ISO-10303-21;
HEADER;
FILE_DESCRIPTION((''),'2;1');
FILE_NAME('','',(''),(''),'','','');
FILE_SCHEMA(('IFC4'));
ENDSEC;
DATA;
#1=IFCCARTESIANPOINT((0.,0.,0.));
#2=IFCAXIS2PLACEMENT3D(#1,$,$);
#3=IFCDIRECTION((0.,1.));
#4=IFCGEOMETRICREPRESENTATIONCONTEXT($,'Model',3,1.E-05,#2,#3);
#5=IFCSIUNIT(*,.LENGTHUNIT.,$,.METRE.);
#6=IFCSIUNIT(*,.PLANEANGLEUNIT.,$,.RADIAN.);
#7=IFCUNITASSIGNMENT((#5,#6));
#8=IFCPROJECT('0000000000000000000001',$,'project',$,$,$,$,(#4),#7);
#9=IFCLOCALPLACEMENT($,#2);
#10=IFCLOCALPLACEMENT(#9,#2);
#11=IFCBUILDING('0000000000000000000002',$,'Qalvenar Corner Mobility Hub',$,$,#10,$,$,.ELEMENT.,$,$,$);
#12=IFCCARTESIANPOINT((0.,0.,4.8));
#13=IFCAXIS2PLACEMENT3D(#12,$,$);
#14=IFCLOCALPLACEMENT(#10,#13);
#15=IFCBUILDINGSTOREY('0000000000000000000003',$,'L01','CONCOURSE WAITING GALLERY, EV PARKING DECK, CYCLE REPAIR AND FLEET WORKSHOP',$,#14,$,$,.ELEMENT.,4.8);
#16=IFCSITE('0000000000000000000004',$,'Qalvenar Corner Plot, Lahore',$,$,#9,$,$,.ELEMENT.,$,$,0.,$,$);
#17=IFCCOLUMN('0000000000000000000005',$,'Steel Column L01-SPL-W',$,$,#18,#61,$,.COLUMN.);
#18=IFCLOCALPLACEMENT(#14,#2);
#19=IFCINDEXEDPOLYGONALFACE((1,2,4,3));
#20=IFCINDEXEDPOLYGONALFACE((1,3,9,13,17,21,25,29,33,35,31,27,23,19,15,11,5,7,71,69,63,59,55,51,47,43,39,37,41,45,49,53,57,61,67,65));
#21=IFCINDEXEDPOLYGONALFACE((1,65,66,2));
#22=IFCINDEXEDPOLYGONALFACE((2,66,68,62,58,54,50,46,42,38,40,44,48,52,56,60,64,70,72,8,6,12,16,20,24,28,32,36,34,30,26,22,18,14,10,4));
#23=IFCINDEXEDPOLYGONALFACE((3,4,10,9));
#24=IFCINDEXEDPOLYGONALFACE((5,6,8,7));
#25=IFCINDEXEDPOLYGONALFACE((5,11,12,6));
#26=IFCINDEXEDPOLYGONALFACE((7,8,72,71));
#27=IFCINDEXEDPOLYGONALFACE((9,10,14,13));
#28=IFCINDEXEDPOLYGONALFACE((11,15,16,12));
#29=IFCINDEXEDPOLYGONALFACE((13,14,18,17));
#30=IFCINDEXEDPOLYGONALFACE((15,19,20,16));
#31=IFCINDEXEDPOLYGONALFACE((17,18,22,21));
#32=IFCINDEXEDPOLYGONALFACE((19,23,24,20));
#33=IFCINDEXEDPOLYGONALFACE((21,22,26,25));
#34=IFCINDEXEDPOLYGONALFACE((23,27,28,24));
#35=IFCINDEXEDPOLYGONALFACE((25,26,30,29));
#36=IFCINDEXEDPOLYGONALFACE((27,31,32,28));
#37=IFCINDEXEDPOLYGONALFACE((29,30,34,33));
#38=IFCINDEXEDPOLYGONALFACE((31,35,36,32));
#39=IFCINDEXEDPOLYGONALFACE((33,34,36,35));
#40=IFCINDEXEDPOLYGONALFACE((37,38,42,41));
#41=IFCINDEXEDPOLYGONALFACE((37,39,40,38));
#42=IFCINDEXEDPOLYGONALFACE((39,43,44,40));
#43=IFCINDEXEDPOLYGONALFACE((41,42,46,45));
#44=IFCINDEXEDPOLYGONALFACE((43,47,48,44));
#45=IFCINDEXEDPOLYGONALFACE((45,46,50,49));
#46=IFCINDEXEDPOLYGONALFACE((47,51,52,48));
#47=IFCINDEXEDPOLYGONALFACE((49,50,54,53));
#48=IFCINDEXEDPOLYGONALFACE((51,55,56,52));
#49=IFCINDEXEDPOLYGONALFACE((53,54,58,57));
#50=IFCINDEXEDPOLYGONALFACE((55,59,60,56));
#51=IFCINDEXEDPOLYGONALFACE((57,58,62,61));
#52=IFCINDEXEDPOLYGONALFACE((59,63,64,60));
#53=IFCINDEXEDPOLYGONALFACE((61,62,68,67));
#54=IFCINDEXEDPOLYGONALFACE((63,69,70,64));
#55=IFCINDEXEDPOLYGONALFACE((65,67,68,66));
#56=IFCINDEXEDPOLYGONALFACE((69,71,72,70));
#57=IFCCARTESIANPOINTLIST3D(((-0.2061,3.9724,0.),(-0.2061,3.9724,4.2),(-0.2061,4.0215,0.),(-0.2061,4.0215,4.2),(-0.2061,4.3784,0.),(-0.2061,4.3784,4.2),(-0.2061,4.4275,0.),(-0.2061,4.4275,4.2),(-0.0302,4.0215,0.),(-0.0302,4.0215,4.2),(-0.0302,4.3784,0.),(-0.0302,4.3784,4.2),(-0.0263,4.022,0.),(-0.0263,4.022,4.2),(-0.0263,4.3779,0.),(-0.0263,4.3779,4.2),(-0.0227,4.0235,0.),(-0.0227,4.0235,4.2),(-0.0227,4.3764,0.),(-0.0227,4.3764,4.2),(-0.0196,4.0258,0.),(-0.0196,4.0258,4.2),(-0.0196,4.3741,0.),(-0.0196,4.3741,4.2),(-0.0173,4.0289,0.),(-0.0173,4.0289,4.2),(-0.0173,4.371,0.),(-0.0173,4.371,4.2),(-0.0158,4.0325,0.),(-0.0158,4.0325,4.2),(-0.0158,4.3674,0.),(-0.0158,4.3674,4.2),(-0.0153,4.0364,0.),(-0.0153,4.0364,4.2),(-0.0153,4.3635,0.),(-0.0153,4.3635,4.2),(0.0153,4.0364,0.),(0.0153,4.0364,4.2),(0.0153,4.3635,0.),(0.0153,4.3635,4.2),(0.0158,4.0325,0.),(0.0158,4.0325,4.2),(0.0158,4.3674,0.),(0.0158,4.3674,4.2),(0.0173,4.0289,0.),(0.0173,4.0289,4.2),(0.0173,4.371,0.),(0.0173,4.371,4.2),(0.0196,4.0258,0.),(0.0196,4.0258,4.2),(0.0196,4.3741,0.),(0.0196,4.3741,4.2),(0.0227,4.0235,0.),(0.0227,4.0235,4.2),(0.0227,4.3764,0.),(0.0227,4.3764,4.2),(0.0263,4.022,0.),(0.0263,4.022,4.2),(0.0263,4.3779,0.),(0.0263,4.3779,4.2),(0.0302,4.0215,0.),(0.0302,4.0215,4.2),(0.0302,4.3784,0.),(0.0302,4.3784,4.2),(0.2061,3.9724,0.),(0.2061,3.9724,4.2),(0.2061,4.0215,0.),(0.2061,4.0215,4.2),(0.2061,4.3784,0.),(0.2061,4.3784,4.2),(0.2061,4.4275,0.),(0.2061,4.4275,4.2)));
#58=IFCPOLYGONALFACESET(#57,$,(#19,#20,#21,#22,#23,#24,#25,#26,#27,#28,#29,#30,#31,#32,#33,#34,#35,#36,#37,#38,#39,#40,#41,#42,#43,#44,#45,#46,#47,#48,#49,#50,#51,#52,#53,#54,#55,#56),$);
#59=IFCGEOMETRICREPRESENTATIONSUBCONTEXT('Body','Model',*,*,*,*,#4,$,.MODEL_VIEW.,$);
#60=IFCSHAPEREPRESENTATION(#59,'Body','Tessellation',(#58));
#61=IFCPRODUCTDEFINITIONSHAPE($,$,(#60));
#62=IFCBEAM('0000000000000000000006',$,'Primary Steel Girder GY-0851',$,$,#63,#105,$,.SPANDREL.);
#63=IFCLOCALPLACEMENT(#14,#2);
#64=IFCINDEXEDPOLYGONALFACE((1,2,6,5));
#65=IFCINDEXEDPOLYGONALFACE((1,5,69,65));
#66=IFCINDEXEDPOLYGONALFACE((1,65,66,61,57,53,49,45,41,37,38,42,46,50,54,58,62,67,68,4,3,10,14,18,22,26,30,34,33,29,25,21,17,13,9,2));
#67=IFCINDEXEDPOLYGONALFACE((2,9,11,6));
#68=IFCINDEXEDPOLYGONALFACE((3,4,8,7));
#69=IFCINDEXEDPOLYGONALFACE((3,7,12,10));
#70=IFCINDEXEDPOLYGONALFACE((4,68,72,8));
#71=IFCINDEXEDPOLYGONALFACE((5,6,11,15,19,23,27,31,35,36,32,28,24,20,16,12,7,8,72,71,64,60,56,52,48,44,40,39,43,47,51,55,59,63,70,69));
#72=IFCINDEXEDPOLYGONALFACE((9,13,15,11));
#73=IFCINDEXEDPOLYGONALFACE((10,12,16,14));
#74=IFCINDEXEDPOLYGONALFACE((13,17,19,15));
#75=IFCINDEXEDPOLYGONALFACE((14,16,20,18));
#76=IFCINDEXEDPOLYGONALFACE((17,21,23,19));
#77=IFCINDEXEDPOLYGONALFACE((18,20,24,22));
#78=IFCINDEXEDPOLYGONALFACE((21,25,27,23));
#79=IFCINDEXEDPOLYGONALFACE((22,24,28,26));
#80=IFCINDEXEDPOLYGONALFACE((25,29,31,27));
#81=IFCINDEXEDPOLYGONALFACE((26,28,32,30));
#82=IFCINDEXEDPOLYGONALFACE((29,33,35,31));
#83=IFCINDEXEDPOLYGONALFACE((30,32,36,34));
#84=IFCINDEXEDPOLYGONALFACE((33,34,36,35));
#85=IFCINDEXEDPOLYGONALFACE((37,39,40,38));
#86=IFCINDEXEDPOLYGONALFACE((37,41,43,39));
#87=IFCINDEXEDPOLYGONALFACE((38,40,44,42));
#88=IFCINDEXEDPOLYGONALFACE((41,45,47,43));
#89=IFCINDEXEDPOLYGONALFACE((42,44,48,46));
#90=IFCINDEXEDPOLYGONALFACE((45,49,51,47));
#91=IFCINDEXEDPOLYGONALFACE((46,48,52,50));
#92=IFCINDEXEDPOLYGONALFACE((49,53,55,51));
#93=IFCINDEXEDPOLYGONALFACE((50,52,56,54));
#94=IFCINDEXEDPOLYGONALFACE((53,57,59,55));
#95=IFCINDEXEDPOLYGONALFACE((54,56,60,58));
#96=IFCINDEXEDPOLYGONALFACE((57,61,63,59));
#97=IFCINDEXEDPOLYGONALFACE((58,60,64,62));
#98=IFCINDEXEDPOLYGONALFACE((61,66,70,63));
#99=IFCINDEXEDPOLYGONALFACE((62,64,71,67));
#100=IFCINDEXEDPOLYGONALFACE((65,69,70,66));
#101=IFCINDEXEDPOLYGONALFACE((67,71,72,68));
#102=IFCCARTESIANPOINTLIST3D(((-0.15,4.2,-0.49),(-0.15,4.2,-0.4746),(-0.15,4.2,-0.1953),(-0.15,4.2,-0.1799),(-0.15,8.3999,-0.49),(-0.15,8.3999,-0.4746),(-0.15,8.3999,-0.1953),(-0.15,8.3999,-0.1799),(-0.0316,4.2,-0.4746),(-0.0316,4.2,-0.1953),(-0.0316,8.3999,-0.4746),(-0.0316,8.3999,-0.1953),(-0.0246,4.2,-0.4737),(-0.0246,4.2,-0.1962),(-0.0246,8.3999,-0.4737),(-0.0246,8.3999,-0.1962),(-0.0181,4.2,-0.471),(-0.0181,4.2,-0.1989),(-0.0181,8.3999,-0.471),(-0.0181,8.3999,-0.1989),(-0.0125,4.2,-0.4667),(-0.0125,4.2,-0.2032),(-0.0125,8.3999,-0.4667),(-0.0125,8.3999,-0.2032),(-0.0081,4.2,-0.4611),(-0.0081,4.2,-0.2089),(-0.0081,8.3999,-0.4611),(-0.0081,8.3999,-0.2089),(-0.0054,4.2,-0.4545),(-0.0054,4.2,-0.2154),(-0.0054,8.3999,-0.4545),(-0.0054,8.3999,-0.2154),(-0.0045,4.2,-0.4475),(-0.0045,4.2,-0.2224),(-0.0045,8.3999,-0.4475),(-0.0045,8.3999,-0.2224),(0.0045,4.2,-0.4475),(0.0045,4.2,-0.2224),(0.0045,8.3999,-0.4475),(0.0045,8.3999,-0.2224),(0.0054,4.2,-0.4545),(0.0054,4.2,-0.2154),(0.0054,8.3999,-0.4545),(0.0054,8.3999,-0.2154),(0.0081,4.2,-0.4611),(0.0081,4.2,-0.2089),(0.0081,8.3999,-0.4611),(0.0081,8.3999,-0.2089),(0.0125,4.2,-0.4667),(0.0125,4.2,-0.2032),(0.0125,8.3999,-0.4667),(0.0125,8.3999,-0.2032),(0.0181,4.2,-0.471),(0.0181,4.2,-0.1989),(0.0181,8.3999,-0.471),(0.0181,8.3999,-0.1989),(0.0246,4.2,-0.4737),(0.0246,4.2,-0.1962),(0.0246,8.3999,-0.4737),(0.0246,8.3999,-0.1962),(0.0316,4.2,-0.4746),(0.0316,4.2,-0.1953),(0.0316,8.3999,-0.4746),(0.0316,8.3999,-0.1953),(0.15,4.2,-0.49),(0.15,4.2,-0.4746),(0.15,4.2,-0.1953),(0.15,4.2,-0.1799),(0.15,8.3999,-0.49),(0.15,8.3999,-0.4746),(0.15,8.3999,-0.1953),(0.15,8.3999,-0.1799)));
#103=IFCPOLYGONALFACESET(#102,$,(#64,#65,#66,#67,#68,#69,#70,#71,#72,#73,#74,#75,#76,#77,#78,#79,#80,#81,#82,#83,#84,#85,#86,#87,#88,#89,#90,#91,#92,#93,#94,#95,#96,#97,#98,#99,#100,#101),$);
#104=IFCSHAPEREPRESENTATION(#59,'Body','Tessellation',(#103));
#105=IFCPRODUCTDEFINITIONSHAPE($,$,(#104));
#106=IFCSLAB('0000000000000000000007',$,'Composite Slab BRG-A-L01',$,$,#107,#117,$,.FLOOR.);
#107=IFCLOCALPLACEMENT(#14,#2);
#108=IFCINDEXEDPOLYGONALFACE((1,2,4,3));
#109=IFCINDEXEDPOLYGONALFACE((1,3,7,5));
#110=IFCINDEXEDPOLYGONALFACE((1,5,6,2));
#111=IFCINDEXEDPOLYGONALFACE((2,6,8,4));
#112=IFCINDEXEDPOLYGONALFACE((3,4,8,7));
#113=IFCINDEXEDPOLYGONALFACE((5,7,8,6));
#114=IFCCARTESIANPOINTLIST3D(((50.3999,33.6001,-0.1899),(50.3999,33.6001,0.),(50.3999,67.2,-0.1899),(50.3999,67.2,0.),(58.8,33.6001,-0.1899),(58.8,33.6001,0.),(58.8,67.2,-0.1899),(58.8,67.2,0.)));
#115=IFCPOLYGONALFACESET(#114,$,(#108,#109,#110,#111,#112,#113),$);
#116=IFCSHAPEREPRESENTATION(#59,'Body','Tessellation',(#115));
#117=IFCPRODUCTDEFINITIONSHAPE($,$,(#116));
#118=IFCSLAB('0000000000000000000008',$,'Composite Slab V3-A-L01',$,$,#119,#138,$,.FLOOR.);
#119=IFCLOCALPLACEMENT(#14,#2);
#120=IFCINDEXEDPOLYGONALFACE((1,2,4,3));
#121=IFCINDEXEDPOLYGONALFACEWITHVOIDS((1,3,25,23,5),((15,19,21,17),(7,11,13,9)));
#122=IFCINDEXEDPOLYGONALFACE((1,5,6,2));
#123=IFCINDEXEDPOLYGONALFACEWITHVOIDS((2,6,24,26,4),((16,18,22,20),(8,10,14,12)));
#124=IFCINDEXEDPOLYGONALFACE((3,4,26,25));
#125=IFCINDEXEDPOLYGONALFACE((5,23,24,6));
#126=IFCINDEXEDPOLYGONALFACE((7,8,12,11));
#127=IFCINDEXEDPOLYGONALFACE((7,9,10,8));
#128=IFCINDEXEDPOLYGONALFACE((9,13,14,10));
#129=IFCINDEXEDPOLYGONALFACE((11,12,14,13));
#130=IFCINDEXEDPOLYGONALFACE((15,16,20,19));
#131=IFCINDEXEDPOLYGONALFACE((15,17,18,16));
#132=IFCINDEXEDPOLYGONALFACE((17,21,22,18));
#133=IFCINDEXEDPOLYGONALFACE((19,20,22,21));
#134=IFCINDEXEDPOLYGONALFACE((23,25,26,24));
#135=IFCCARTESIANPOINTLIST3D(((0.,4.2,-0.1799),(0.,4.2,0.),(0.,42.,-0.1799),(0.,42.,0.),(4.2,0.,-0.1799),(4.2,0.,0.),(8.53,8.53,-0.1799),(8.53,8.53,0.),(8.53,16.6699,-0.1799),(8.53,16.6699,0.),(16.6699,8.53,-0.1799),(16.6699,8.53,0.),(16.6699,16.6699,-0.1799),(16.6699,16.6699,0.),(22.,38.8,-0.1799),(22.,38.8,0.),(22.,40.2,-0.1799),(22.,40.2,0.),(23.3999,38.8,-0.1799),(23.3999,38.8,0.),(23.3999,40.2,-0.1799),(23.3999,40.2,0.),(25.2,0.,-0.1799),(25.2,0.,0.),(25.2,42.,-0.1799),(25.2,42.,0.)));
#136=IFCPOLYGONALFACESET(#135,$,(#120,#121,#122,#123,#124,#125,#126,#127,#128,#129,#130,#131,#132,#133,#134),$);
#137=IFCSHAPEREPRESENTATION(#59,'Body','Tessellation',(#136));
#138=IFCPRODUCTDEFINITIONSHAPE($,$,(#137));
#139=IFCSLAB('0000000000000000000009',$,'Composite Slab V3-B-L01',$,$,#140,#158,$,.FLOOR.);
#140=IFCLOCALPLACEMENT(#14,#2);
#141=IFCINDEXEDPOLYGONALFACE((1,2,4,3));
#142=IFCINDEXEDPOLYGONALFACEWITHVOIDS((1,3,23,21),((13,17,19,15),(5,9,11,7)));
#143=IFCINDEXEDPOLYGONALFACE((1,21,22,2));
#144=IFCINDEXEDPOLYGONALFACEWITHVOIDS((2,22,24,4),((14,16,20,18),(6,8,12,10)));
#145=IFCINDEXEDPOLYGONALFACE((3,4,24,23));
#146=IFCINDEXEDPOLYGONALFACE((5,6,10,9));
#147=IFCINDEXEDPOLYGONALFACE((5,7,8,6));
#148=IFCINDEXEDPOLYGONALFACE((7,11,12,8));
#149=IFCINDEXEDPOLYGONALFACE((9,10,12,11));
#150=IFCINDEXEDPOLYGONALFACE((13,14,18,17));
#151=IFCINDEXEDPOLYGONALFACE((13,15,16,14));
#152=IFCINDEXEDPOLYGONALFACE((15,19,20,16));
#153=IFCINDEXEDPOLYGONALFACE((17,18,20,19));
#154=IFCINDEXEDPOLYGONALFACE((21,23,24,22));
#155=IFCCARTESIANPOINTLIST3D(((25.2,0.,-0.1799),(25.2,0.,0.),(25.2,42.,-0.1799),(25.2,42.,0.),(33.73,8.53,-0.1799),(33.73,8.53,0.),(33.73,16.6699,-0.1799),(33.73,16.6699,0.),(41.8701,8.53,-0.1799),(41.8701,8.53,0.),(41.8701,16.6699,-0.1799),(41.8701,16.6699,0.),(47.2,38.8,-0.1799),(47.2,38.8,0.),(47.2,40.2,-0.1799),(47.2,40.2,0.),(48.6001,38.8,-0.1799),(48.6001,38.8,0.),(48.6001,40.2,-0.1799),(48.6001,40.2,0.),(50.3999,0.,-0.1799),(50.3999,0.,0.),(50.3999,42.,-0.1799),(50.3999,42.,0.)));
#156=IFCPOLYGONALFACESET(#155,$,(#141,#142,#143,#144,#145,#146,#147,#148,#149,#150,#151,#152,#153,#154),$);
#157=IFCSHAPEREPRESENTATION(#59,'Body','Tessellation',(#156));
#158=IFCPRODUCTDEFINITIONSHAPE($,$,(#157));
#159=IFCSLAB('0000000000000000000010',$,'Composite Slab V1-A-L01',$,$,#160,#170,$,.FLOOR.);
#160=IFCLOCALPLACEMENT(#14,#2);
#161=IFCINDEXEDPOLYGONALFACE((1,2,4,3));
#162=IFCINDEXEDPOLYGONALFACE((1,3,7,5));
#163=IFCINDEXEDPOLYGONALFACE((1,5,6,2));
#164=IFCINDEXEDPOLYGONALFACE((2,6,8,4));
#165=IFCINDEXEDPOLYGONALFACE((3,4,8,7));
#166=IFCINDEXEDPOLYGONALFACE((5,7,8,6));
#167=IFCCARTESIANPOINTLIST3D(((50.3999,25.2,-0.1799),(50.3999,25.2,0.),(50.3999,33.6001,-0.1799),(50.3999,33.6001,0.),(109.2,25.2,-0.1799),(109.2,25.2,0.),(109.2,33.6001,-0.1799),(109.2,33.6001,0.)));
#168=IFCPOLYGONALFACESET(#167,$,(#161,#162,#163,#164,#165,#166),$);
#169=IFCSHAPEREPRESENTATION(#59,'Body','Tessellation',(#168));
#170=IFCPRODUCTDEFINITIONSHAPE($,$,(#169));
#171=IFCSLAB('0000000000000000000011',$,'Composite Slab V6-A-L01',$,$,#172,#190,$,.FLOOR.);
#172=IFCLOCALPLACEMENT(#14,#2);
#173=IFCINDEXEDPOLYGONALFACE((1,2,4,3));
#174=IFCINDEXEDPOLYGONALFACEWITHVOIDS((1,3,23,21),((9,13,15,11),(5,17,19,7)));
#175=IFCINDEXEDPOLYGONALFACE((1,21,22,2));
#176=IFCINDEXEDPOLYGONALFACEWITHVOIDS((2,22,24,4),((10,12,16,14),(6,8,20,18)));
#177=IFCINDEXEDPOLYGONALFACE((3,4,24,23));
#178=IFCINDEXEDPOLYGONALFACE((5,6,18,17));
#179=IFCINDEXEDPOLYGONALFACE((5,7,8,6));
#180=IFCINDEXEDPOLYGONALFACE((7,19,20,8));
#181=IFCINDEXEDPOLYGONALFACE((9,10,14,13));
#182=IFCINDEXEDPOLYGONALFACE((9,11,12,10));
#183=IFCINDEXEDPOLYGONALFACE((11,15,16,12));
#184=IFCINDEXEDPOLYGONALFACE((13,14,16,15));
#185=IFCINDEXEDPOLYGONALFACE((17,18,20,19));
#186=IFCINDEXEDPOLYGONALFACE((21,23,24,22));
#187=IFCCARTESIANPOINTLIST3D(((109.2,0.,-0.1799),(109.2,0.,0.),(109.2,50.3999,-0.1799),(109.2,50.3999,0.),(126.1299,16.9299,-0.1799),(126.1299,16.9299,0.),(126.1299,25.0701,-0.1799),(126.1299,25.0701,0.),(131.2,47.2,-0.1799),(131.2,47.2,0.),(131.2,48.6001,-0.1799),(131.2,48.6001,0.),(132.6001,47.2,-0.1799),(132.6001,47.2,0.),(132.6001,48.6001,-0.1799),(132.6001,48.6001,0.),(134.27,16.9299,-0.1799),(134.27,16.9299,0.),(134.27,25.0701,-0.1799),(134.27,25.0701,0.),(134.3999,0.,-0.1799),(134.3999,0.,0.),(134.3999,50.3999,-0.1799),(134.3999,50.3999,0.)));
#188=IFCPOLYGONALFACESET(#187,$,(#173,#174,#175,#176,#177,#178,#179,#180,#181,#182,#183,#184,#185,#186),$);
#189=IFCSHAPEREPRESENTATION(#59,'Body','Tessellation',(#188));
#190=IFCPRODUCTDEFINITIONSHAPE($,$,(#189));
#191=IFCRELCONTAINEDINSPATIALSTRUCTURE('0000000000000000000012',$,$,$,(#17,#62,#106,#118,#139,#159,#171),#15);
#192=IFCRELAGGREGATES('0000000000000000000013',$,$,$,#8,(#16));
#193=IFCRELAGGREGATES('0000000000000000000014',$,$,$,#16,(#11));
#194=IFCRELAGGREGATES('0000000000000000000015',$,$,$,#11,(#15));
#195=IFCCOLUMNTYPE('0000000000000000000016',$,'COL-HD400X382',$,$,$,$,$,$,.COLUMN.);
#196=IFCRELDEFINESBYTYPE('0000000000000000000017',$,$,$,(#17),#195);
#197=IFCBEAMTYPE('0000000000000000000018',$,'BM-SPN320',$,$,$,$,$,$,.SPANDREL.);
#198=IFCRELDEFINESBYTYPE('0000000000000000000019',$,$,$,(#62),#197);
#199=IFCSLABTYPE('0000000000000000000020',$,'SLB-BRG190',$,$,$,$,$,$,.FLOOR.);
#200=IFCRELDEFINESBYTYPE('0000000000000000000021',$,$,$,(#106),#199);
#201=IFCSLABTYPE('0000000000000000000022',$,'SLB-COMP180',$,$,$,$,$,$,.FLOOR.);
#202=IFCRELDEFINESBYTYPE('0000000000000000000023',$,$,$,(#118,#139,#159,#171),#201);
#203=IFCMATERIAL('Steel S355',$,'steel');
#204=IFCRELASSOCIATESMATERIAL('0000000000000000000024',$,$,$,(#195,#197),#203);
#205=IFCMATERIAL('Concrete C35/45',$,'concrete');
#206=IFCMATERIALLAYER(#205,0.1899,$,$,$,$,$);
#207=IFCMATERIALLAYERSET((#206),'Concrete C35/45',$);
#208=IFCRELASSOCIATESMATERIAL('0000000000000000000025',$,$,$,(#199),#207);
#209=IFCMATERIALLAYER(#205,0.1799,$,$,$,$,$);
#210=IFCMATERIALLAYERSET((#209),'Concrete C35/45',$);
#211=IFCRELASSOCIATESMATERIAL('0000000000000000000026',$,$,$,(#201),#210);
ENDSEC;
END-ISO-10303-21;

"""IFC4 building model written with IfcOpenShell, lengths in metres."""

from ifc_helpers import new_model, si_unit, direction, frame, origin, origin_2d, place, context, subcontext, project, spatial, polyline, i_section, outline, extrude, material, layer, layer_set, material_profile, profile_set, type_object, element, save


model = new_model("IFC4")

# Units and contexts
model_context = context("Model", 3, precision=1e-05, world=origin(), true_north=direction((0.0, 1.0)))
body_context = subcontext(model_context, "Body", "Model", "MODEL_VIEW")
ifc_project = project(units=[si_unit("LENGTHUNIT", "METRE"), si_unit("PLANEANGLEUNIT", "RADIAN")], contexts=[model_context])

# Site, building, storey
site_placement = place(None, origin())
site = spatial("IfcSite", under=ifc_project, at=site_placement, Name="Qalvenar Corner Plot, Lahore", CompositionType="ELEMENT", RefElevation=0.0)
building_placement = place(site_placement, origin())
building = spatial("IfcBuilding", under=site, at=building_placement, Name="Qalvenar Corner Mobility Hub", CompositionType="ELEMENT")
storey_placement = place(building_placement, frame((0.0, 0.0, 4.8)))
storey = spatial("IfcBuildingStorey", under=building, at=storey_placement, Name="L01", Description="CONCOURSE WAITING GALLERY, EV PARKING DECK, CYCLE REPAIR AND FLEET WORKSHOP", CompositionType="ELEMENT", Elevation=4.8)

# Column
ifc_material_1 = material(Name="Steel S355", Category="steel")
ifc_material_profile_1 = material_profile(ifc_material_1, i_section(OverallWidth=0.4121, OverallDepth=0.4551, WebThickness=0.0305, FlangeThickness=0.0491, FilletRadius=0.0149, at=origin_2d()), Name="HD400x421")
ifc_profile_set_1 = profile_set([ifc_material_profile_1], Name="Steel S355")
column_type = type_object("IfcColumnType", Name="COL-HD400X382", PredefinedType="COLUMN", material=ifc_profile_set_1)
column_placement = place(storey_placement, frame((0.0, 4.2, 0.0), z_axis=(0.0, 0.0, 1.0), x_axis=(1.0, 0.0, 0.0)))
element("IfcColumn", 1, at=column_placement, inside=storey, type_object=column_type, Name="Steel Column L01-SPL-W", PredefinedType="COLUMN", context=body_context, shape_type="SweptSolid", body=[
    extrude(i_section(OverallWidth=0.4121, OverallDepth=0.4551, WebThickness=0.0305, FlangeThickness=0.0491, FilletRadius=0.0149, at=origin_2d()), origin(), (0.0, 0.0, 1.0), 4.2),
])

# Beam
ifc_material_profile_2 = material_profile(ifc_material_1, i_section(OverallWidth=0.3, OverallDepth=0.3101, WebThickness=0.009, FlangeThickness=0.0154, FilletRadius=0.0271, at=origin_2d()), Name="HEA320")
ifc_profile_set_2 = profile_set([ifc_material_profile_2], Name="Steel S355")
beam_type = type_object("IfcBeamType", Name="BM-SPN320", PredefinedType="SPANDREL", material=ifc_profile_set_2)
beam_placement = place(storey_placement, frame((0.0, 4.2, -0.335), z_axis=(0.0, 1.0, 0.0), x_axis=(-1.0, 0.0, 0.0)))
element("IfcBeam", 2, at=beam_placement, inside=storey, type_object=beam_type, Name="Primary Steel Girder GY-0851", PredefinedType="SPANDREL", context=body_context, shape_type="SweptSolid", body=[
    extrude(i_section(OverallWidth=0.3, OverallDepth=0.3101, WebThickness=0.009, FlangeThickness=0.0154, FilletRadius=0.0271, at=origin_2d()), origin(), (0.0, 0.0, 1.0), 4.2),
])

# Slabs
ifc_material_2 = material(Name="Concrete C35/45", Category="concrete")
ifc_layer_1 = layer(ifc_material_2, 0.1899)
ifc_layer_set_1 = layer_set([ifc_layer_1], Name="Concrete C35/45")
slab_type_1 = type_object("IfcSlabType", Name="SLB-BRG190", PredefinedType="FLOOR", material=ifc_layer_set_1)
slab_1_placement = place(storey_placement, frame((0.0, 0.0, -0.1899)))
element("IfcSlab", 3, at=slab_1_placement, inside=storey, type_object=slab_type_1, Name="Composite Slab BRG-A-L01", PredefinedType="FLOOR", context=body_context, shape_type="SweptSolid", body=[
    extrude(outline(polyline([(50.3999, 33.6001), (58.8, 33.6001), (58.8, 67.2), (50.3999, 67.2), (50.3999, 33.6001)])), origin(), (0.0, 0.0, 1.0), 0.1899),
])
ifc_layer_2 = layer(ifc_material_2, 0.1799)
ifc_layer_set_2 = layer_set([ifc_layer_2], Name="Concrete C35/45")
slab_type_2 = type_object("IfcSlabType", Name="SLB-COMP180", PredefinedType="FLOOR", material=ifc_layer_set_2)
slab_2_placement = place(storey_placement, frame((0.0, 0.0, -0.1799)))
element("IfcSlab", 4, at=slab_2_placement, inside=storey, type_object=slab_type_2, Name="Composite Slab V3-A-L01", PredefinedType="FLOOR", context=body_context, shape_type="SweptSolid", body=[
    extrude(outline(polyline([(4.2, 0.0), (25.2, 0.0), (25.2, 42.0), (0.0, 42.0), (0.0, 4.2), (4.2, 0.0)]), holes=[polyline([(8.53, 8.53), (16.6699, 8.53), (16.6699, 16.6699), (8.53, 16.6699), (8.53, 8.53)]), polyline([(22.0, 38.8), (23.3999, 38.8), (23.3999, 40.2), (22.0, 40.2), (22.0, 38.8)])]), origin(), (0.0, 0.0, 1.0), 0.1799),
])
slab_3_placement = place(storey_placement, frame((0.0, 0.0, -0.1799)))
element("IfcSlab", 5, at=slab_3_placement, inside=storey, type_object=slab_type_2, Name="Composite Slab V3-B-L01", PredefinedType="FLOOR", context=body_context, shape_type="SweptSolid", body=[
    extrude(outline(polyline([(25.2, 0.0), (50.3999, 0.0), (50.3999, 42.0), (25.2, 42.0), (25.2, 0.0)]), holes=[polyline([(33.73, 8.53), (41.8701, 8.53), (41.8701, 16.6699), (33.73, 16.6699), (33.73, 8.53)]), polyline([(47.2, 38.8), (48.6001, 38.8), (48.6001, 40.2), (47.2, 40.2), (47.2, 38.8)])]), origin(), (0.0, 0.0, 1.0), 0.1799),
])
slab_4_placement = place(storey_placement, frame((0.0, 0.0, -0.1799)))
element("IfcSlab", 6, at=slab_4_placement, inside=storey, type_object=slab_type_2, Name="Composite Slab V1-A-L01", PredefinedType="FLOOR", context=body_context, shape_type="SweptSolid", body=[
    extrude(outline(polyline([(50.3999, 25.2), (109.2, 25.2), (109.2, 33.6001), (50.3999, 33.6001), (50.3999, 25.2)])), origin(), (0.0, 0.0, 1.0), 0.1799),
])
slab_5_placement = place(storey_placement, frame((0.0, 0.0, -0.1799)))
element("IfcSlab", 7, at=slab_5_placement, inside=storey, type_object=slab_type_2, Name="Composite Slab V6-A-L01", PredefinedType="FLOOR", context=body_context, shape_type="SweptSolid", body=[
    extrude(outline(polyline([(109.2, 0.0), (134.3999, 0.0), (134.3999, 50.3999), (109.2, 50.3999), (109.2, 0.0)]), holes=[polyline([(126.1299, 16.9299), (134.27, 16.9299), (134.27, 25.0701), (126.1299, 25.0701), (126.1299, 16.9299)]), polyline([(131.2, 47.2), (132.6001, 47.2), (132.6001, 48.6001), (131.2, 48.6001), (131.2, 47.2)])]), origin(), (0.0, 0.0, 1.0), 0.1799),
])

save(model, "model.ifc")
